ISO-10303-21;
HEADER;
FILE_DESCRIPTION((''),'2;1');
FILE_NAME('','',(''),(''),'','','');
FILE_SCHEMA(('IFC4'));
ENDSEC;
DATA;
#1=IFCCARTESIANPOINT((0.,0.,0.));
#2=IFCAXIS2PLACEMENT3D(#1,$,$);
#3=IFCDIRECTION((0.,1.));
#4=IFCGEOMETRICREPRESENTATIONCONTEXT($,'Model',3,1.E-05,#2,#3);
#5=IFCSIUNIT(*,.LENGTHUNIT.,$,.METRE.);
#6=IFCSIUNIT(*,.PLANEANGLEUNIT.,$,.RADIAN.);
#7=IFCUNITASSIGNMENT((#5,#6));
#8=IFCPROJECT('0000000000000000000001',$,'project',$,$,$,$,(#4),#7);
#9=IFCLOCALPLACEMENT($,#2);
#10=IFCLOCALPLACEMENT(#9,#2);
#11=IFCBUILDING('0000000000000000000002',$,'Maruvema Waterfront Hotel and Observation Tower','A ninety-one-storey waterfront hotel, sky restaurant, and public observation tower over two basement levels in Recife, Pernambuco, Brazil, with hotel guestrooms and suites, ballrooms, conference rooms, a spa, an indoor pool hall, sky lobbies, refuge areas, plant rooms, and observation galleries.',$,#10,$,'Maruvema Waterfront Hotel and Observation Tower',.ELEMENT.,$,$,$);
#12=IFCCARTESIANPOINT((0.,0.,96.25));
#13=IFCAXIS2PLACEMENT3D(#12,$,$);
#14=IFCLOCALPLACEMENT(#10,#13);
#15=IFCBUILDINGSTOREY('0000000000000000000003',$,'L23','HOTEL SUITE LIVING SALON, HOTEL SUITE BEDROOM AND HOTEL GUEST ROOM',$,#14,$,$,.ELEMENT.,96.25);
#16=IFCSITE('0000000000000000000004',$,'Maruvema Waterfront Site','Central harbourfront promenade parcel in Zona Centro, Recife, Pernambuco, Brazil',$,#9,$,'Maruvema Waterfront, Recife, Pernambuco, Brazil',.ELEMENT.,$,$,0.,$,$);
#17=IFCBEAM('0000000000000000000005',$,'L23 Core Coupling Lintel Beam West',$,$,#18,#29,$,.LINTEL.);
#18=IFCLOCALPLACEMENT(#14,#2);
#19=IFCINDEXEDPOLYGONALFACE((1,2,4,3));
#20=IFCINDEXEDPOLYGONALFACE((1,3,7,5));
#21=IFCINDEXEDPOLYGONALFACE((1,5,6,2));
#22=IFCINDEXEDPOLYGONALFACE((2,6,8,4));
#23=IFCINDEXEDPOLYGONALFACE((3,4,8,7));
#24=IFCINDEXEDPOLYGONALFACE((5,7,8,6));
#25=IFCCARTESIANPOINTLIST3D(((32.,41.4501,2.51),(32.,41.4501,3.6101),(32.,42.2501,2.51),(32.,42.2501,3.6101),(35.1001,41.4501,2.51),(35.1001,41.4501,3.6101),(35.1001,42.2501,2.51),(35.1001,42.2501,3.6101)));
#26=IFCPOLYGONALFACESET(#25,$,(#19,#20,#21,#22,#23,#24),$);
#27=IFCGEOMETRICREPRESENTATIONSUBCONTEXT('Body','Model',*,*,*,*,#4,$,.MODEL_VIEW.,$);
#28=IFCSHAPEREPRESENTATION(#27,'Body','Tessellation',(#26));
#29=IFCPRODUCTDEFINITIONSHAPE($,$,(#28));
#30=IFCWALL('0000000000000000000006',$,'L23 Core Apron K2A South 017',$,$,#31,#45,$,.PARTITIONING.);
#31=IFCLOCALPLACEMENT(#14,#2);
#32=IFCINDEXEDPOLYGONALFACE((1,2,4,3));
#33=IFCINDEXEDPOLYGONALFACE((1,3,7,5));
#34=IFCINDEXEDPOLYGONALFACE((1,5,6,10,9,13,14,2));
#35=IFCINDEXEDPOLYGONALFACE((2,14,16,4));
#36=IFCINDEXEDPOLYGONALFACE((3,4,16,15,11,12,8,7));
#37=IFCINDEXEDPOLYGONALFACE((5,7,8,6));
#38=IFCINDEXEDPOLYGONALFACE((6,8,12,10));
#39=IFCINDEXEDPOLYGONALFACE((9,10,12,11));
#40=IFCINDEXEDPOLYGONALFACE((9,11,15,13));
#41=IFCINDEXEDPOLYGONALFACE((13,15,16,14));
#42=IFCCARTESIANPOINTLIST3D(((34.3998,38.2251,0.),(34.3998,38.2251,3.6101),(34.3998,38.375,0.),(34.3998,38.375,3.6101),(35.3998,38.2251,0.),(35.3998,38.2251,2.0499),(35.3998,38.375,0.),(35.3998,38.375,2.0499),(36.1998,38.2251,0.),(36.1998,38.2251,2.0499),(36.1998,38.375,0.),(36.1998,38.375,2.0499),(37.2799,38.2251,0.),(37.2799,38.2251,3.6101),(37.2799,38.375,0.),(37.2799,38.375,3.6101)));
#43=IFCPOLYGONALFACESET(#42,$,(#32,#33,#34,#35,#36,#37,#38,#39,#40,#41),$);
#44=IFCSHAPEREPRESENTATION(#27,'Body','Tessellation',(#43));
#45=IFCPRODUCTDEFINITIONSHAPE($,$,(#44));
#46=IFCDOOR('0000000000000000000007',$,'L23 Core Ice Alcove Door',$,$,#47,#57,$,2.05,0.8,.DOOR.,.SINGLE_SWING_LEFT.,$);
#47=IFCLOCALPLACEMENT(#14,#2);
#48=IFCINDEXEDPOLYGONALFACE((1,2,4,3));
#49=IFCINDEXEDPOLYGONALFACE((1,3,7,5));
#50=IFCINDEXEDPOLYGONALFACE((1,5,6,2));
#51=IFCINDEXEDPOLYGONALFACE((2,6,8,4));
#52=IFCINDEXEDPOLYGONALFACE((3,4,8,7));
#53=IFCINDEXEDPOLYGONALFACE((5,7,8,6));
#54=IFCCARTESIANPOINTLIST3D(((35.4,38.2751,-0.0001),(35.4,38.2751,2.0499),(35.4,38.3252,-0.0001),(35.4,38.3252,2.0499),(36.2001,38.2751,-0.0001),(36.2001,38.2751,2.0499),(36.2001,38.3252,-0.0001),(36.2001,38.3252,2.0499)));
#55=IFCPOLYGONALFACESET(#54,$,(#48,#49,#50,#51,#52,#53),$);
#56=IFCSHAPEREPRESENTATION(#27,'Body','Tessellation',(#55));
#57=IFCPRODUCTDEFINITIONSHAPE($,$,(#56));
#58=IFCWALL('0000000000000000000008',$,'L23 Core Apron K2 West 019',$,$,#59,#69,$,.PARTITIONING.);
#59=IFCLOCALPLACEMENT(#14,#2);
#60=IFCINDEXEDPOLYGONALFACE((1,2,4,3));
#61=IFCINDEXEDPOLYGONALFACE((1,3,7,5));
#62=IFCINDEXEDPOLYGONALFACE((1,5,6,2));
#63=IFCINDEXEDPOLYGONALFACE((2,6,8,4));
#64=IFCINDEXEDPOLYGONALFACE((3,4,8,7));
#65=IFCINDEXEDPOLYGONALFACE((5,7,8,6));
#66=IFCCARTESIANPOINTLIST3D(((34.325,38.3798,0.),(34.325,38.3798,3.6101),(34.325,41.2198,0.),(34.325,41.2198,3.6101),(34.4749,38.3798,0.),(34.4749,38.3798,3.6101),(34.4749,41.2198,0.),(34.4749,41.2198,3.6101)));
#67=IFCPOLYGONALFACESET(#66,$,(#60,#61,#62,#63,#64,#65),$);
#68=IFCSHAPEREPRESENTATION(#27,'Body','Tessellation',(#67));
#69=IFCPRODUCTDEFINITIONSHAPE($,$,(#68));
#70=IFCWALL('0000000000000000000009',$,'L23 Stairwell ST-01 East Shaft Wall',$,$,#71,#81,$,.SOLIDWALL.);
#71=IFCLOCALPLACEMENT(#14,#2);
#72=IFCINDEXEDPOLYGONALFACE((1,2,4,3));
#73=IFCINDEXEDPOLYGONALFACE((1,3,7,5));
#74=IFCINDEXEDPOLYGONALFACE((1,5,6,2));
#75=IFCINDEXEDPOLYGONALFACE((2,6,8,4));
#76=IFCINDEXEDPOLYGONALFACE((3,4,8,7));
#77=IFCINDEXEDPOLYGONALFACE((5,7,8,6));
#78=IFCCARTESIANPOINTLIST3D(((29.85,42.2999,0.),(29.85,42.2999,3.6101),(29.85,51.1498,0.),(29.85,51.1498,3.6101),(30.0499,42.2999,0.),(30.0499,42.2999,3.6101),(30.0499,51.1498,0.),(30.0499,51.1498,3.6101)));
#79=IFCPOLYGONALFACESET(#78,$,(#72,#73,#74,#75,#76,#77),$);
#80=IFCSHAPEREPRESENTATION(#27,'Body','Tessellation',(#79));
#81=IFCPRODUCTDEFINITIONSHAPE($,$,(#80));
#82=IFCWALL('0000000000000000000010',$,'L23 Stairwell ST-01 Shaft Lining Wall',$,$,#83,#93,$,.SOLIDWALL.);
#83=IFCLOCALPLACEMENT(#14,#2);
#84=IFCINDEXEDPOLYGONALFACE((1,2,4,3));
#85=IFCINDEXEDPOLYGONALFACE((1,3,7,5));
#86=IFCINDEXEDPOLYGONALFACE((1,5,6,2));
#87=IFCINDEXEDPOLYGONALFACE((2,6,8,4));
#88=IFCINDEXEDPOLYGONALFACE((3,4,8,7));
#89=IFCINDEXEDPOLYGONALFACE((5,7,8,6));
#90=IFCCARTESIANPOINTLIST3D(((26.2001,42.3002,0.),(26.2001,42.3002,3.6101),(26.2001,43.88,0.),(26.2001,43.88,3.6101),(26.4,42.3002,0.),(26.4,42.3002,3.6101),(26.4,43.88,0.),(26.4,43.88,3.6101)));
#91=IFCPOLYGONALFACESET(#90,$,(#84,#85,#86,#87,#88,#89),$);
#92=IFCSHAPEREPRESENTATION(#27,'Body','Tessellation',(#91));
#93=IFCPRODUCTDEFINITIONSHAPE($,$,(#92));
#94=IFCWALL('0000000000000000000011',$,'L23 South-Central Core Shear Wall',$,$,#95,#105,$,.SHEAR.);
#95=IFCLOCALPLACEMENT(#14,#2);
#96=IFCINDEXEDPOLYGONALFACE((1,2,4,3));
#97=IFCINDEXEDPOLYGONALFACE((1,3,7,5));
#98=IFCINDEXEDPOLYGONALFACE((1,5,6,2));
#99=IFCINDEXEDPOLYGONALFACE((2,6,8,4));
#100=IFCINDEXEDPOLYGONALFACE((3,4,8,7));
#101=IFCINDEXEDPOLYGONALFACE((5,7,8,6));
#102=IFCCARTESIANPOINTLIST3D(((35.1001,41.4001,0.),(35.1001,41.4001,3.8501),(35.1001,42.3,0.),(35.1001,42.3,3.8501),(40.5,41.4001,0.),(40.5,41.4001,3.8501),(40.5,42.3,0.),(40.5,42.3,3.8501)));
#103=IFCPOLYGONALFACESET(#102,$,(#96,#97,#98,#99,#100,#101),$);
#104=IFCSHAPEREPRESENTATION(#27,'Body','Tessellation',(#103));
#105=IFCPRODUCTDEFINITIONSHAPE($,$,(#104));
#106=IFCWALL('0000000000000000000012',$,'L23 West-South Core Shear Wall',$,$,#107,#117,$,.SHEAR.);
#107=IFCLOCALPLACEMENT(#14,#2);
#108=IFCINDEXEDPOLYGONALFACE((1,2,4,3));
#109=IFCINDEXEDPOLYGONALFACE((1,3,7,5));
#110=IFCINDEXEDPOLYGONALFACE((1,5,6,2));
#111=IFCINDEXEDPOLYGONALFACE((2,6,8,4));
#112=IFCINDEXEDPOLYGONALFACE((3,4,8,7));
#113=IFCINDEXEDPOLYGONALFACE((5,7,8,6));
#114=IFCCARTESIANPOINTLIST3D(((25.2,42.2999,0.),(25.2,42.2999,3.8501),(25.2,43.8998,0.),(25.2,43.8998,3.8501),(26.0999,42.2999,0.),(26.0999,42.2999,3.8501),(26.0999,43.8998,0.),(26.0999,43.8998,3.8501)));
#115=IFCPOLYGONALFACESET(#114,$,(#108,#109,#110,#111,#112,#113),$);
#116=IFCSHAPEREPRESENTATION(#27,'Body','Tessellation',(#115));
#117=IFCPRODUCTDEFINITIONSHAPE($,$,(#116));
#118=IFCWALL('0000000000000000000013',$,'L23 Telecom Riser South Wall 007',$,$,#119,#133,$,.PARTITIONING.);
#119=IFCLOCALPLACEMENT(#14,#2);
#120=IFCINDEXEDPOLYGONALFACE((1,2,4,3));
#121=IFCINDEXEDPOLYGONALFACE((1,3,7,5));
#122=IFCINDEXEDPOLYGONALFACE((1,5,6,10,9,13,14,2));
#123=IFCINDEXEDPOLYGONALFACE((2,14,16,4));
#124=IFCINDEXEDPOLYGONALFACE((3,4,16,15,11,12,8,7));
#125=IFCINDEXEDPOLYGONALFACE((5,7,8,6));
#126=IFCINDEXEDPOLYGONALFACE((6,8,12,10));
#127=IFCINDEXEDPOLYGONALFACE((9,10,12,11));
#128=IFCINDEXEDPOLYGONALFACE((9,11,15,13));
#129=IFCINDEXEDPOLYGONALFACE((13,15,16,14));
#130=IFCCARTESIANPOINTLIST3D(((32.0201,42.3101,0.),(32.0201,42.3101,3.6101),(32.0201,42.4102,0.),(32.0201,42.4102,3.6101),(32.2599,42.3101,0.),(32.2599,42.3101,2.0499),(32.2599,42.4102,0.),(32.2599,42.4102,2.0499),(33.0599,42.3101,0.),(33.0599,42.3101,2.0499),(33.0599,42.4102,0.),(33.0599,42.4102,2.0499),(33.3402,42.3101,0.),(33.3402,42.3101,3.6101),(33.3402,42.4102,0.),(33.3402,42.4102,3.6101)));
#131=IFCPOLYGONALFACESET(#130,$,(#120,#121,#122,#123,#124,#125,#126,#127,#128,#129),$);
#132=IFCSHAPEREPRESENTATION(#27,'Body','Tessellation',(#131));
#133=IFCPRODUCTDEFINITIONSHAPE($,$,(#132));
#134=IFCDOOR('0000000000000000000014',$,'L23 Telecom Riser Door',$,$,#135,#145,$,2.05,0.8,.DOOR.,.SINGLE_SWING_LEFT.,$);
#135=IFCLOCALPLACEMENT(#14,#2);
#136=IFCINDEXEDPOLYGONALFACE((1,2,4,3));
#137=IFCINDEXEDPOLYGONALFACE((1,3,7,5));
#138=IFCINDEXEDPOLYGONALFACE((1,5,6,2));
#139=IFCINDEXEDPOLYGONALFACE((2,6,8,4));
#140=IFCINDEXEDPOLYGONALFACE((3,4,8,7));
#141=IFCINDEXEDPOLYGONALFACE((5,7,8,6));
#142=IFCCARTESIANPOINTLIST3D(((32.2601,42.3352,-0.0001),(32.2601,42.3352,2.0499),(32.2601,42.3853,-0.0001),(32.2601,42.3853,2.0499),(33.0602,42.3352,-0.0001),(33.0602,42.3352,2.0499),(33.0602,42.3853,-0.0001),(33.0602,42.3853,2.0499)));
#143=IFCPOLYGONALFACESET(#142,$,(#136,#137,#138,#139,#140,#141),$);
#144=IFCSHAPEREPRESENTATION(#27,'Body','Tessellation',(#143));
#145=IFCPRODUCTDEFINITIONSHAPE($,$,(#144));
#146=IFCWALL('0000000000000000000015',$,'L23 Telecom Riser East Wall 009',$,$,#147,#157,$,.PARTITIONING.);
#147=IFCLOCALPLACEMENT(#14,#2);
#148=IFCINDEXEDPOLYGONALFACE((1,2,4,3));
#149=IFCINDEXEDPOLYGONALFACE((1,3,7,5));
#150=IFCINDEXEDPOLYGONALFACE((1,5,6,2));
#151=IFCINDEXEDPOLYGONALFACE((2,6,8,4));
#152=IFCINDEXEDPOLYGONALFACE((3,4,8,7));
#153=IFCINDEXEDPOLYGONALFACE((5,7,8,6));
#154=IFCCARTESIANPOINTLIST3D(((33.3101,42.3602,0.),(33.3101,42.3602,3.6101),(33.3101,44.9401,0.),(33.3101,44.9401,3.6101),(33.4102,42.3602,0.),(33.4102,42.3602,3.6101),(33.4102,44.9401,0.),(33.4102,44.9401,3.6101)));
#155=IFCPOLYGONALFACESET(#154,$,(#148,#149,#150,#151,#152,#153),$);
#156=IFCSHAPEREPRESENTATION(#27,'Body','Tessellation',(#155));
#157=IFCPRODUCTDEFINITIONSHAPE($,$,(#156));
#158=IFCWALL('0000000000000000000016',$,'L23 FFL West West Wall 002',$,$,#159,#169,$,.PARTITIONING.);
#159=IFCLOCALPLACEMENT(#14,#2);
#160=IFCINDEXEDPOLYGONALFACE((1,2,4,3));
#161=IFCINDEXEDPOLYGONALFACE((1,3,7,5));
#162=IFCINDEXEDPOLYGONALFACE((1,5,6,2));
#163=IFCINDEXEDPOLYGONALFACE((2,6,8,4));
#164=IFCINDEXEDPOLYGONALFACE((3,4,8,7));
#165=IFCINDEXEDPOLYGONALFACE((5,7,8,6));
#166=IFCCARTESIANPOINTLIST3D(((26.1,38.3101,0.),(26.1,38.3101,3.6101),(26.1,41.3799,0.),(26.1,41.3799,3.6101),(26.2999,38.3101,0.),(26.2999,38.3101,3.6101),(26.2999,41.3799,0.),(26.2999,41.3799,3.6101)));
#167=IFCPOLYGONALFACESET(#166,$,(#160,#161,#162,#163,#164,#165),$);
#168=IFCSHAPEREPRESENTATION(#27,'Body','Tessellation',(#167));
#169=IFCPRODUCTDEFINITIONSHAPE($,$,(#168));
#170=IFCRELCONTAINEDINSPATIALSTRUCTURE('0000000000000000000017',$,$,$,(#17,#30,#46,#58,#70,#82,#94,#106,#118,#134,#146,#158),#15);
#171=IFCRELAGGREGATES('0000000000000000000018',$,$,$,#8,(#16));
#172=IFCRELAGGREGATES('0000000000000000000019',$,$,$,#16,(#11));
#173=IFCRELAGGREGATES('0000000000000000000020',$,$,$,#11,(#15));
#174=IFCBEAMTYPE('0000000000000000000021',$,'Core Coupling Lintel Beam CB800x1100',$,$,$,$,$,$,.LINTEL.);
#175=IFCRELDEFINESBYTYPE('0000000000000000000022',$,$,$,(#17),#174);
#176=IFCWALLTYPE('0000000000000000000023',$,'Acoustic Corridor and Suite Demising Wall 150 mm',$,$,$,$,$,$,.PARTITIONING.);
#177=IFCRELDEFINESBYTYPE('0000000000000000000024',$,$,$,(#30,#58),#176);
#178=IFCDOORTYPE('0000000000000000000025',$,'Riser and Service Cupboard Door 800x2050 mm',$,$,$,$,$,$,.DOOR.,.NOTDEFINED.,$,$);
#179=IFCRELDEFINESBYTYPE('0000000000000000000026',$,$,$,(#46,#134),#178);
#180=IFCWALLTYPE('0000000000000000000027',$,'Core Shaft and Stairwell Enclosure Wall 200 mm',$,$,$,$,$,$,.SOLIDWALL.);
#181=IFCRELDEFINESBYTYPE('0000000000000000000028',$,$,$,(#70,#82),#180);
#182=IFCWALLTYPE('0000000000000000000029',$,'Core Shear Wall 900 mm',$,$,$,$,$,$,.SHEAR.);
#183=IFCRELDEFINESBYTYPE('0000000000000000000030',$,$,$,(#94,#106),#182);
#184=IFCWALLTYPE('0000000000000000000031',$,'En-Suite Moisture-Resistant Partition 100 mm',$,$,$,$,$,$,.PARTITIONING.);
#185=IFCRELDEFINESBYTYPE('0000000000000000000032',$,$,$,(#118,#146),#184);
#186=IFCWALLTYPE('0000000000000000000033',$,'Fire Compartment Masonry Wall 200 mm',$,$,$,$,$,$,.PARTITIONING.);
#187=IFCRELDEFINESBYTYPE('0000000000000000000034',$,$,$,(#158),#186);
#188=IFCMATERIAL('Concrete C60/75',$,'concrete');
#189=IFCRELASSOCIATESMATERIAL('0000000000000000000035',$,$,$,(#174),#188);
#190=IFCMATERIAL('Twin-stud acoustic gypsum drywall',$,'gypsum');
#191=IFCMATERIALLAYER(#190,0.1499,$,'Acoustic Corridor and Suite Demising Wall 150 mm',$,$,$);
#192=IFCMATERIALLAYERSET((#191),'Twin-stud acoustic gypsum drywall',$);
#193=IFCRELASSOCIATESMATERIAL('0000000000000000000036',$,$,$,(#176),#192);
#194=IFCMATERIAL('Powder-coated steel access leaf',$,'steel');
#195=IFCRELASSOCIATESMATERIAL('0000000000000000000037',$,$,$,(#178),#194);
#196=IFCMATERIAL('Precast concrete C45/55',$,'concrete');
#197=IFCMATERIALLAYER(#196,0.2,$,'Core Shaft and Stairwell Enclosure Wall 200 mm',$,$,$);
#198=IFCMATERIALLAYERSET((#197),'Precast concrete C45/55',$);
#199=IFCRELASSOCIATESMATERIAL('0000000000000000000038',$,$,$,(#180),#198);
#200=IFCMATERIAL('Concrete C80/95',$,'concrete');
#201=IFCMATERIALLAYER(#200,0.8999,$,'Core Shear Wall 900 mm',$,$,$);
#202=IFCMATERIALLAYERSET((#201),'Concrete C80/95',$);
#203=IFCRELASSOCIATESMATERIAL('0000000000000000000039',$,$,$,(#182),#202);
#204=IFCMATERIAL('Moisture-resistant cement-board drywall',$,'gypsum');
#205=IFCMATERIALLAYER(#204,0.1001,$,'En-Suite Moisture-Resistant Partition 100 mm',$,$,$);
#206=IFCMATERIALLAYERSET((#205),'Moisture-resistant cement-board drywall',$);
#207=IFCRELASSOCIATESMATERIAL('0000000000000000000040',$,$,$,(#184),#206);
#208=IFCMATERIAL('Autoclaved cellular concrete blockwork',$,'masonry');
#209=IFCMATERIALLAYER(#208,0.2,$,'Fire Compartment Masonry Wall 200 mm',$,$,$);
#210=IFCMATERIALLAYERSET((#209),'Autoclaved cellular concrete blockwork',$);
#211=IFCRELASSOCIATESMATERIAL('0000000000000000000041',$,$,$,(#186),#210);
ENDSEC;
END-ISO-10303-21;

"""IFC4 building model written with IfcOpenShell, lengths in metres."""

from ifc_helpers import new_model, si_unit, direction, frame, frame_2d, origin, origin_2d, place, context, subcontext, project, spatial, rectangle, extrude, material, layer, layer_set, material_profile, profile_set, type_object, element, fill, save


model = new_model("IFC4")

# Units and contexts
model_context = context("Model", 3, precision=1e-05, world=origin(), true_north=direction((0.0, 1.0)))
body_context = subcontext(model_context, "Body", "Model", "MODEL_VIEW")
ifc_project = project(units=[si_unit("LENGTHUNIT", "METRE"), si_unit("PLANEANGLEUNIT", "RADIAN")], contexts=[model_context])

# Site, building, storey
site_placement = place(None, origin())
site = spatial("IfcSite", under=ifc_project, at=site_placement, Name="Maruvema Waterfront Site", Description="Central harbourfront promenade parcel in Zona Centro, Recife, Pernambuco, Brazil", LongName="Maruvema Waterfront, Recife, Pernambuco, Brazil", CompositionType="ELEMENT", RefElevation=0.0)
building_placement = place(site_placement, origin())
building = spatial("IfcBuilding", under=site, at=building_placement, Name="Maruvema Waterfront Hotel and Observation Tower", Description="A ninety-one-storey waterfront hotel, sky restaurant, and public observation tower over two basement levels in Recife, Pernambuco, Brazil, with hotel guestrooms and suites, ballrooms, conference rooms, a spa, an indoor pool hall, sky lobbies, refuge areas, plant rooms, and observation galleries.", LongName="Maruvema Waterfront Hotel and Observation Tower", CompositionType="ELEMENT")
storey_placement = place(building_placement, frame((0.0, 0.0, 96.25)))
storey = spatial("IfcBuildingStorey", under=building, at=storey_placement, Name="L23", Description="HOTEL SUITE LIVING SALON, HOTEL SUITE BEDROOM AND HOTEL GUEST ROOM", CompositionType="ELEMENT", Elevation=96.25)

# Beam
ifc_material_1 = material(Name="Concrete C60/75", Category="concrete")
ifc_material_profile = material_profile(ifc_material_1, rectangle(XDim=0.8, YDim=1.1001, at=origin_2d()), Name="CB800x1100")
ifc_profile_set = profile_set([ifc_material_profile], Name="Concrete C60/75")
beam_type = type_object("IfcBeamType", Name="Core Coupling Lintel Beam CB800x1100", PredefinedType="LINTEL", material=ifc_profile_set)
beam_placement = place(storey_placement, frame((32.0, 41.8501, 3.0601), z_axis=(1.0, 0.0, 0.0), x_axis=(0.0, 1.0, 0.0)))
element("IfcBeam", 1, at=beam_placement, inside=storey, type_object=beam_type, Name="L23 Core Coupling Lintel Beam West", PredefinedType="LINTEL", context=body_context, shape_type="SweptSolid", body=[
    extrude(rectangle(XDim=0.8, YDim=1.1001, at=origin_2d()), origin(), (0.0, 0.0, 1.0), 3.1001),
])

# Wall, opening, door
ifc_material_2 = material(Name="Twin-stud acoustic gypsum drywall", Category="gypsum")
ifc_layer_1 = layer(ifc_material_2, 0.1499, Name="Acoustic Corridor and Suite Demising Wall 150 mm")
ifc_layer_set_1 = layer_set([ifc_layer_1], Name="Twin-stud acoustic gypsum drywall")
wall_type_1 = type_object("IfcWallType", Name="Acoustic Corridor and Suite Demising Wall 150 mm", PredefinedType="PARTITIONING", material=ifc_layer_set_1)
wall_1_placement = place(storey_placement, frame((34.3999, 38.3, 0.0), z_axis=(0.0, 0.0, 1.0), x_axis=(1.0, 0.0, 0.0)))
wall_1 = element("IfcWall", 2, at=wall_1_placement, inside=storey, type_object=wall_type_1, Name="L23 Core Apron K2A South 017", PredefinedType="PARTITIONING", context=body_context, shape_type="SweptSolid", body=[
    extrude(rectangle(XDim=2.8801, YDim=0.1499, at=frame_2d((1.4399, 0.0))), origin(), (0.0, 0.0, 1.0), 3.6101),
])
opening_1_placement = place(wall_1_placement, frame((1.0, 0.0, 0.0)))
opening_1 = element("IfcOpeningElement", 3, at=opening_1_placement, cuts=wall_1, PredefinedType="OPENING", context=body_context, shape_type="SweptSolid", body=[
    extrude(rectangle(XDim=0.8, YDim=2.05, at=frame_2d((0.3999, 1.0249))), frame((0.0, 0.085, 0.0), z_axis=(0.0, -1.0, 0.0), x_axis=(1.0, 0.0, 0.0)), (0.0, 0.0, 1.0), 0.1699),
])
ifc_material_3 = material(Name="Powder-coated steel access leaf", Category="steel")
door_type_1 = type_object("IfcDoorType", Name="Riser and Service Cupboard Door 800x2050 mm", OperationType="NOTDEFINED", PredefinedType="DOOR", material=ifc_material_3)
door_1_placement = place(opening_1_placement, frame((0.8, 0.0, 0.0), z_axis=(0.0, 0.0, 1.0), x_axis=(-1.0, 0.0, 0.0)))
door_1 = element("IfcDoor", 4, at=door_1_placement, inside=storey, type_object=door_type_1, Name="L23 Core Ice Alcove Door", OperationType="SINGLE_SWING_LEFT", OverallHeight=2.05, OverallWidth=0.8, PredefinedType="DOOR", context=body_context, shape_type="SweptSolid", body=[
    extrude(rectangle(XDim=0.8, YDim=2.05, at=frame_2d((0.3999, 1.0249))), frame((0.0, 0.0249, 0.0), z_axis=(0.0, -1.0, 0.0), x_axis=(1.0, 0.0, 0.0)), (0.0, 0.0, 1.0), 0.05),
])
fill(opening_1, door_1)

# Walls
wall_2_placement = place(storey_placement, frame((34.3999, 38.3799, 0.0), z_axis=(0.0, 0.0, 1.0), x_axis=(0.0, 1.0, 0.0)))
element("IfcWall", 5, at=wall_2_placement, inside=storey, type_object=wall_type_1, Name="L23 Core Apron K2 West 019", PredefinedType="PARTITIONING", context=body_context, shape_type="SweptSolid", body=[
    extrude(rectangle(XDim=2.8401, YDim=0.1499, at=frame_2d((1.4199, 0.0))), origin(), (0.0, 0.0, 1.0), 3.6101),
])
ifc_material_4 = material(Name="Precast concrete C45/55", Category="concrete")
ifc_layer_2 = layer(ifc_material_4, 0.2, Name="Core Shaft and Stairwell Enclosure Wall 200 mm")
ifc_layer_set_2 = layer_set([ifc_layer_2], Name="Precast concrete C45/55")
wall_type_2 = type_object("IfcWallType", Name="Core Shaft and Stairwell Enclosure Wall 200 mm", PredefinedType="SOLIDWALL", material=ifc_layer_set_2)
wall_3_placement = place(storey_placement, frame((29.95, 42.3, 0.0), z_axis=(0.0, 0.0, 1.0), x_axis=(0.0, 1.0, 0.0)))
element("IfcWall", 6, at=wall_3_placement, inside=storey, type_object=wall_type_2, Name="L23 Stairwell ST-01 East Shaft Wall", PredefinedType="SOLIDWALL", context=body_context, shape_type="SweptSolid", body=[
    extrude(rectangle(XDim=8.8499, YDim=0.2, at=frame_2d((4.4248, 0.0))), origin(), (0.0, 0.0, 1.0), 3.6101),
])
wall_4_placement = place(storey_placement, frame((26.3, 42.3, 0.0), z_axis=(0.0, 0.0, 1.0), x_axis=(0.0, 1.0, 0.0)))
element("IfcWall", 7, at=wall_4_placement, inside=storey, type_object=wall_type_2, Name="L23 Stairwell ST-01 Shaft Lining Wall", PredefinedType="SOLIDWALL", context=body_context, shape_type="SweptSolid", body=[
    extrude(rectangle(XDim=1.5798, YDim=0.2, at=frame_2d((0.79, 0.0))), origin(), (0.0, 0.0, 1.0), 3.6101),
])

# Shared definitions
ifc_material_5 = material(Name="Concrete C80/95", Category="concrete")
ifc_layer_3 = layer(ifc_material_5, 0.8999, Name="Core Shear Wall 900 mm")
ifc_layer_set_3 = layer_set([ifc_layer_3], Name="Concrete C80/95")
wall_type_3 = type_object("IfcWallType", Name="Core Shear Wall 900 mm", PredefinedType="SHEAR", material=ifc_layer_set_3)

# Walls
wall_5_placement = place(storey_placement, frame((35.1001, 41.8501, 0.0), z_axis=(0.0, 0.0, 1.0), x_axis=(1.0, 0.0, 0.0)))
element("IfcWall", 8, at=wall_5_placement, inside=storey, type_object=wall_type_3, Name="L23 South-Central Core Shear Wall", PredefinedType="SHEAR", context=body_context, shape_type="SweptSolid", body=[
    extrude(rectangle(XDim=5.3999, YDim=0.8999, at=frame_2d((2.7, 0.0))), origin(), (0.0, 0.0, 1.0), 3.8501),
])
wall_6_placement = place(storey_placement, frame((25.6499, 42.3, 0.0), z_axis=(0.0, 0.0, 1.0), x_axis=(0.0, 1.0, 0.0)))
element("IfcWall", 9, at=wall_6_placement, inside=storey, type_object=wall_type_3, Name="L23 West-South Core Shear Wall", PredefinedType="SHEAR", context=body_context, shape_type="SweptSolid", body=[
    extrude(rectangle(XDim=1.5999, YDim=0.8999, at=frame_2d((0.7998, 0.0))), origin(), (0.0, 0.0, 1.0), 3.8501),
])

# Wall, opening, door
ifc_material_6 = material(Name="Moisture-resistant cement-board drywall", Category="gypsum")
ifc_layer_4 = layer(ifc_material_6, 0.1001, Name="En-Suite Moisture-Resistant Partition 100 mm")
ifc_layer_set_4 = layer_set([ifc_layer_4], Name="Moisture-resistant cement-board drywall")
wall_type_4 = type_object("IfcWallType", Name="En-Suite Moisture-Resistant Partition 100 mm", PredefinedType="PARTITIONING", material=ifc_layer_set_4)
wall_7_placement = place(storey_placement, frame((32.02, 42.3601, 0.0), z_axis=(0.0, 0.0, 1.0), x_axis=(1.0, 0.0, 0.0)))
wall_7 = element("IfcWall", 10, at=wall_7_placement, inside=storey, type_object=wall_type_4, Name="L23 Telecom Riser South Wall 007", PredefinedType="PARTITIONING", context=body_context, shape_type="SweptSolid", body=[
    extrude(rectangle(XDim=1.3201, YDim=0.1001, at=frame_2d((0.6602, 0.0))), origin(), (0.0, 0.0, 1.0), 3.6101),
])
opening_2_placement = place(wall_7_placement, frame((0.24, 0.0, 0.0)))
opening_2 = element("IfcOpeningElement", 11, at=opening_2_placement, cuts=wall_7, PredefinedType="OPENING", context=body_context, shape_type="SweptSolid", body=[
    extrude(rectangle(XDim=0.8, YDim=2.05, at=frame_2d((0.3999, 1.0249))), frame((0.0, 0.0601, 0.0), z_axis=(0.0, -1.0, 0.0), x_axis=(1.0, 0.0, 0.0)), (0.0, 0.0, 1.0), 0.1201),
])
door_2_placement = place(opening_2_placement, frame((0.8, 0.0, 0.0), z_axis=(0.0, 0.0, 1.0), x_axis=(-1.0, 0.0, 0.0)))
door_2 = element("IfcDoor", 12, at=door_2_placement, inside=storey, type_object=door_type_1, Name="L23 Telecom Riser Door", OperationType="SINGLE_SWING_LEFT", OverallHeight=2.05, OverallWidth=0.8, PredefinedType="DOOR", context=body_context, shape_type="SweptSolid", body=[
    extrude(rectangle(XDim=0.8, YDim=2.05, at=frame_2d((0.3999, 1.0249))), frame((0.0, 0.0249, 0.0), z_axis=(0.0, -1.0, 0.0), x_axis=(1.0, 0.0, 0.0)), (0.0, 0.0, 1.0), 0.05),
])
fill(opening_2, door_2)

# Walls
wall_8_placement = place(storey_placement, frame((33.3601, 42.3601, 0.0), z_axis=(0.0, 0.0, 1.0), x_axis=(0.0, 1.0, 0.0)))
element("IfcWall", 13, at=wall_8_placement, inside=storey, type_object=wall_type_4, Name="L23 Telecom Riser East Wall 009", PredefinedType="PARTITIONING", context=body_context, shape_type="SweptSolid", body=[
    extrude(rectangle(XDim=2.5798, YDim=0.1001, at=frame_2d((1.29, 0.0))), origin(), (0.0, 0.0, 1.0), 3.6101),
])
ifc_material_7 = material(Name="Autoclaved cellular concrete blockwork", Category="masonry")
ifc_layer_5 = layer(ifc_material_7, 0.2, Name="Fire Compartment Masonry Wall 200 mm")
ifc_layer_set_5 = layer_set([ifc_layer_5], Name="Autoclaved cellular concrete blockwork")
wall_type_5 = type_object("IfcWallType", Name="Fire Compartment Masonry Wall 200 mm", PredefinedType="PARTITIONING", material=ifc_layer_set_5)
for number, where, z_axis, x_axis, name in (
    (14, (26.2, 38.3101, 0.0), (0.0, 0.0, 1.0), (0.0, 1.0, 0.0), "L23 FFL West West Wall 002"),
):
    element("IfcWall", number, at=place(storey_placement, frame(where, z_axis=z_axis, x_axis=x_axis)), inside=storey, type_object=wall_type_5, Name=name, PredefinedType="PARTITIONING", context=body_context, shape_type="SweptSolid", body=[
        extrude(rectangle(XDim=3.0698, YDim=0.2, at=frame_2d((1.5349, 0.0))), origin(), (0.0, 0.0, 1.0), 3.6101),
    ])

save(model, "model.ifc")
